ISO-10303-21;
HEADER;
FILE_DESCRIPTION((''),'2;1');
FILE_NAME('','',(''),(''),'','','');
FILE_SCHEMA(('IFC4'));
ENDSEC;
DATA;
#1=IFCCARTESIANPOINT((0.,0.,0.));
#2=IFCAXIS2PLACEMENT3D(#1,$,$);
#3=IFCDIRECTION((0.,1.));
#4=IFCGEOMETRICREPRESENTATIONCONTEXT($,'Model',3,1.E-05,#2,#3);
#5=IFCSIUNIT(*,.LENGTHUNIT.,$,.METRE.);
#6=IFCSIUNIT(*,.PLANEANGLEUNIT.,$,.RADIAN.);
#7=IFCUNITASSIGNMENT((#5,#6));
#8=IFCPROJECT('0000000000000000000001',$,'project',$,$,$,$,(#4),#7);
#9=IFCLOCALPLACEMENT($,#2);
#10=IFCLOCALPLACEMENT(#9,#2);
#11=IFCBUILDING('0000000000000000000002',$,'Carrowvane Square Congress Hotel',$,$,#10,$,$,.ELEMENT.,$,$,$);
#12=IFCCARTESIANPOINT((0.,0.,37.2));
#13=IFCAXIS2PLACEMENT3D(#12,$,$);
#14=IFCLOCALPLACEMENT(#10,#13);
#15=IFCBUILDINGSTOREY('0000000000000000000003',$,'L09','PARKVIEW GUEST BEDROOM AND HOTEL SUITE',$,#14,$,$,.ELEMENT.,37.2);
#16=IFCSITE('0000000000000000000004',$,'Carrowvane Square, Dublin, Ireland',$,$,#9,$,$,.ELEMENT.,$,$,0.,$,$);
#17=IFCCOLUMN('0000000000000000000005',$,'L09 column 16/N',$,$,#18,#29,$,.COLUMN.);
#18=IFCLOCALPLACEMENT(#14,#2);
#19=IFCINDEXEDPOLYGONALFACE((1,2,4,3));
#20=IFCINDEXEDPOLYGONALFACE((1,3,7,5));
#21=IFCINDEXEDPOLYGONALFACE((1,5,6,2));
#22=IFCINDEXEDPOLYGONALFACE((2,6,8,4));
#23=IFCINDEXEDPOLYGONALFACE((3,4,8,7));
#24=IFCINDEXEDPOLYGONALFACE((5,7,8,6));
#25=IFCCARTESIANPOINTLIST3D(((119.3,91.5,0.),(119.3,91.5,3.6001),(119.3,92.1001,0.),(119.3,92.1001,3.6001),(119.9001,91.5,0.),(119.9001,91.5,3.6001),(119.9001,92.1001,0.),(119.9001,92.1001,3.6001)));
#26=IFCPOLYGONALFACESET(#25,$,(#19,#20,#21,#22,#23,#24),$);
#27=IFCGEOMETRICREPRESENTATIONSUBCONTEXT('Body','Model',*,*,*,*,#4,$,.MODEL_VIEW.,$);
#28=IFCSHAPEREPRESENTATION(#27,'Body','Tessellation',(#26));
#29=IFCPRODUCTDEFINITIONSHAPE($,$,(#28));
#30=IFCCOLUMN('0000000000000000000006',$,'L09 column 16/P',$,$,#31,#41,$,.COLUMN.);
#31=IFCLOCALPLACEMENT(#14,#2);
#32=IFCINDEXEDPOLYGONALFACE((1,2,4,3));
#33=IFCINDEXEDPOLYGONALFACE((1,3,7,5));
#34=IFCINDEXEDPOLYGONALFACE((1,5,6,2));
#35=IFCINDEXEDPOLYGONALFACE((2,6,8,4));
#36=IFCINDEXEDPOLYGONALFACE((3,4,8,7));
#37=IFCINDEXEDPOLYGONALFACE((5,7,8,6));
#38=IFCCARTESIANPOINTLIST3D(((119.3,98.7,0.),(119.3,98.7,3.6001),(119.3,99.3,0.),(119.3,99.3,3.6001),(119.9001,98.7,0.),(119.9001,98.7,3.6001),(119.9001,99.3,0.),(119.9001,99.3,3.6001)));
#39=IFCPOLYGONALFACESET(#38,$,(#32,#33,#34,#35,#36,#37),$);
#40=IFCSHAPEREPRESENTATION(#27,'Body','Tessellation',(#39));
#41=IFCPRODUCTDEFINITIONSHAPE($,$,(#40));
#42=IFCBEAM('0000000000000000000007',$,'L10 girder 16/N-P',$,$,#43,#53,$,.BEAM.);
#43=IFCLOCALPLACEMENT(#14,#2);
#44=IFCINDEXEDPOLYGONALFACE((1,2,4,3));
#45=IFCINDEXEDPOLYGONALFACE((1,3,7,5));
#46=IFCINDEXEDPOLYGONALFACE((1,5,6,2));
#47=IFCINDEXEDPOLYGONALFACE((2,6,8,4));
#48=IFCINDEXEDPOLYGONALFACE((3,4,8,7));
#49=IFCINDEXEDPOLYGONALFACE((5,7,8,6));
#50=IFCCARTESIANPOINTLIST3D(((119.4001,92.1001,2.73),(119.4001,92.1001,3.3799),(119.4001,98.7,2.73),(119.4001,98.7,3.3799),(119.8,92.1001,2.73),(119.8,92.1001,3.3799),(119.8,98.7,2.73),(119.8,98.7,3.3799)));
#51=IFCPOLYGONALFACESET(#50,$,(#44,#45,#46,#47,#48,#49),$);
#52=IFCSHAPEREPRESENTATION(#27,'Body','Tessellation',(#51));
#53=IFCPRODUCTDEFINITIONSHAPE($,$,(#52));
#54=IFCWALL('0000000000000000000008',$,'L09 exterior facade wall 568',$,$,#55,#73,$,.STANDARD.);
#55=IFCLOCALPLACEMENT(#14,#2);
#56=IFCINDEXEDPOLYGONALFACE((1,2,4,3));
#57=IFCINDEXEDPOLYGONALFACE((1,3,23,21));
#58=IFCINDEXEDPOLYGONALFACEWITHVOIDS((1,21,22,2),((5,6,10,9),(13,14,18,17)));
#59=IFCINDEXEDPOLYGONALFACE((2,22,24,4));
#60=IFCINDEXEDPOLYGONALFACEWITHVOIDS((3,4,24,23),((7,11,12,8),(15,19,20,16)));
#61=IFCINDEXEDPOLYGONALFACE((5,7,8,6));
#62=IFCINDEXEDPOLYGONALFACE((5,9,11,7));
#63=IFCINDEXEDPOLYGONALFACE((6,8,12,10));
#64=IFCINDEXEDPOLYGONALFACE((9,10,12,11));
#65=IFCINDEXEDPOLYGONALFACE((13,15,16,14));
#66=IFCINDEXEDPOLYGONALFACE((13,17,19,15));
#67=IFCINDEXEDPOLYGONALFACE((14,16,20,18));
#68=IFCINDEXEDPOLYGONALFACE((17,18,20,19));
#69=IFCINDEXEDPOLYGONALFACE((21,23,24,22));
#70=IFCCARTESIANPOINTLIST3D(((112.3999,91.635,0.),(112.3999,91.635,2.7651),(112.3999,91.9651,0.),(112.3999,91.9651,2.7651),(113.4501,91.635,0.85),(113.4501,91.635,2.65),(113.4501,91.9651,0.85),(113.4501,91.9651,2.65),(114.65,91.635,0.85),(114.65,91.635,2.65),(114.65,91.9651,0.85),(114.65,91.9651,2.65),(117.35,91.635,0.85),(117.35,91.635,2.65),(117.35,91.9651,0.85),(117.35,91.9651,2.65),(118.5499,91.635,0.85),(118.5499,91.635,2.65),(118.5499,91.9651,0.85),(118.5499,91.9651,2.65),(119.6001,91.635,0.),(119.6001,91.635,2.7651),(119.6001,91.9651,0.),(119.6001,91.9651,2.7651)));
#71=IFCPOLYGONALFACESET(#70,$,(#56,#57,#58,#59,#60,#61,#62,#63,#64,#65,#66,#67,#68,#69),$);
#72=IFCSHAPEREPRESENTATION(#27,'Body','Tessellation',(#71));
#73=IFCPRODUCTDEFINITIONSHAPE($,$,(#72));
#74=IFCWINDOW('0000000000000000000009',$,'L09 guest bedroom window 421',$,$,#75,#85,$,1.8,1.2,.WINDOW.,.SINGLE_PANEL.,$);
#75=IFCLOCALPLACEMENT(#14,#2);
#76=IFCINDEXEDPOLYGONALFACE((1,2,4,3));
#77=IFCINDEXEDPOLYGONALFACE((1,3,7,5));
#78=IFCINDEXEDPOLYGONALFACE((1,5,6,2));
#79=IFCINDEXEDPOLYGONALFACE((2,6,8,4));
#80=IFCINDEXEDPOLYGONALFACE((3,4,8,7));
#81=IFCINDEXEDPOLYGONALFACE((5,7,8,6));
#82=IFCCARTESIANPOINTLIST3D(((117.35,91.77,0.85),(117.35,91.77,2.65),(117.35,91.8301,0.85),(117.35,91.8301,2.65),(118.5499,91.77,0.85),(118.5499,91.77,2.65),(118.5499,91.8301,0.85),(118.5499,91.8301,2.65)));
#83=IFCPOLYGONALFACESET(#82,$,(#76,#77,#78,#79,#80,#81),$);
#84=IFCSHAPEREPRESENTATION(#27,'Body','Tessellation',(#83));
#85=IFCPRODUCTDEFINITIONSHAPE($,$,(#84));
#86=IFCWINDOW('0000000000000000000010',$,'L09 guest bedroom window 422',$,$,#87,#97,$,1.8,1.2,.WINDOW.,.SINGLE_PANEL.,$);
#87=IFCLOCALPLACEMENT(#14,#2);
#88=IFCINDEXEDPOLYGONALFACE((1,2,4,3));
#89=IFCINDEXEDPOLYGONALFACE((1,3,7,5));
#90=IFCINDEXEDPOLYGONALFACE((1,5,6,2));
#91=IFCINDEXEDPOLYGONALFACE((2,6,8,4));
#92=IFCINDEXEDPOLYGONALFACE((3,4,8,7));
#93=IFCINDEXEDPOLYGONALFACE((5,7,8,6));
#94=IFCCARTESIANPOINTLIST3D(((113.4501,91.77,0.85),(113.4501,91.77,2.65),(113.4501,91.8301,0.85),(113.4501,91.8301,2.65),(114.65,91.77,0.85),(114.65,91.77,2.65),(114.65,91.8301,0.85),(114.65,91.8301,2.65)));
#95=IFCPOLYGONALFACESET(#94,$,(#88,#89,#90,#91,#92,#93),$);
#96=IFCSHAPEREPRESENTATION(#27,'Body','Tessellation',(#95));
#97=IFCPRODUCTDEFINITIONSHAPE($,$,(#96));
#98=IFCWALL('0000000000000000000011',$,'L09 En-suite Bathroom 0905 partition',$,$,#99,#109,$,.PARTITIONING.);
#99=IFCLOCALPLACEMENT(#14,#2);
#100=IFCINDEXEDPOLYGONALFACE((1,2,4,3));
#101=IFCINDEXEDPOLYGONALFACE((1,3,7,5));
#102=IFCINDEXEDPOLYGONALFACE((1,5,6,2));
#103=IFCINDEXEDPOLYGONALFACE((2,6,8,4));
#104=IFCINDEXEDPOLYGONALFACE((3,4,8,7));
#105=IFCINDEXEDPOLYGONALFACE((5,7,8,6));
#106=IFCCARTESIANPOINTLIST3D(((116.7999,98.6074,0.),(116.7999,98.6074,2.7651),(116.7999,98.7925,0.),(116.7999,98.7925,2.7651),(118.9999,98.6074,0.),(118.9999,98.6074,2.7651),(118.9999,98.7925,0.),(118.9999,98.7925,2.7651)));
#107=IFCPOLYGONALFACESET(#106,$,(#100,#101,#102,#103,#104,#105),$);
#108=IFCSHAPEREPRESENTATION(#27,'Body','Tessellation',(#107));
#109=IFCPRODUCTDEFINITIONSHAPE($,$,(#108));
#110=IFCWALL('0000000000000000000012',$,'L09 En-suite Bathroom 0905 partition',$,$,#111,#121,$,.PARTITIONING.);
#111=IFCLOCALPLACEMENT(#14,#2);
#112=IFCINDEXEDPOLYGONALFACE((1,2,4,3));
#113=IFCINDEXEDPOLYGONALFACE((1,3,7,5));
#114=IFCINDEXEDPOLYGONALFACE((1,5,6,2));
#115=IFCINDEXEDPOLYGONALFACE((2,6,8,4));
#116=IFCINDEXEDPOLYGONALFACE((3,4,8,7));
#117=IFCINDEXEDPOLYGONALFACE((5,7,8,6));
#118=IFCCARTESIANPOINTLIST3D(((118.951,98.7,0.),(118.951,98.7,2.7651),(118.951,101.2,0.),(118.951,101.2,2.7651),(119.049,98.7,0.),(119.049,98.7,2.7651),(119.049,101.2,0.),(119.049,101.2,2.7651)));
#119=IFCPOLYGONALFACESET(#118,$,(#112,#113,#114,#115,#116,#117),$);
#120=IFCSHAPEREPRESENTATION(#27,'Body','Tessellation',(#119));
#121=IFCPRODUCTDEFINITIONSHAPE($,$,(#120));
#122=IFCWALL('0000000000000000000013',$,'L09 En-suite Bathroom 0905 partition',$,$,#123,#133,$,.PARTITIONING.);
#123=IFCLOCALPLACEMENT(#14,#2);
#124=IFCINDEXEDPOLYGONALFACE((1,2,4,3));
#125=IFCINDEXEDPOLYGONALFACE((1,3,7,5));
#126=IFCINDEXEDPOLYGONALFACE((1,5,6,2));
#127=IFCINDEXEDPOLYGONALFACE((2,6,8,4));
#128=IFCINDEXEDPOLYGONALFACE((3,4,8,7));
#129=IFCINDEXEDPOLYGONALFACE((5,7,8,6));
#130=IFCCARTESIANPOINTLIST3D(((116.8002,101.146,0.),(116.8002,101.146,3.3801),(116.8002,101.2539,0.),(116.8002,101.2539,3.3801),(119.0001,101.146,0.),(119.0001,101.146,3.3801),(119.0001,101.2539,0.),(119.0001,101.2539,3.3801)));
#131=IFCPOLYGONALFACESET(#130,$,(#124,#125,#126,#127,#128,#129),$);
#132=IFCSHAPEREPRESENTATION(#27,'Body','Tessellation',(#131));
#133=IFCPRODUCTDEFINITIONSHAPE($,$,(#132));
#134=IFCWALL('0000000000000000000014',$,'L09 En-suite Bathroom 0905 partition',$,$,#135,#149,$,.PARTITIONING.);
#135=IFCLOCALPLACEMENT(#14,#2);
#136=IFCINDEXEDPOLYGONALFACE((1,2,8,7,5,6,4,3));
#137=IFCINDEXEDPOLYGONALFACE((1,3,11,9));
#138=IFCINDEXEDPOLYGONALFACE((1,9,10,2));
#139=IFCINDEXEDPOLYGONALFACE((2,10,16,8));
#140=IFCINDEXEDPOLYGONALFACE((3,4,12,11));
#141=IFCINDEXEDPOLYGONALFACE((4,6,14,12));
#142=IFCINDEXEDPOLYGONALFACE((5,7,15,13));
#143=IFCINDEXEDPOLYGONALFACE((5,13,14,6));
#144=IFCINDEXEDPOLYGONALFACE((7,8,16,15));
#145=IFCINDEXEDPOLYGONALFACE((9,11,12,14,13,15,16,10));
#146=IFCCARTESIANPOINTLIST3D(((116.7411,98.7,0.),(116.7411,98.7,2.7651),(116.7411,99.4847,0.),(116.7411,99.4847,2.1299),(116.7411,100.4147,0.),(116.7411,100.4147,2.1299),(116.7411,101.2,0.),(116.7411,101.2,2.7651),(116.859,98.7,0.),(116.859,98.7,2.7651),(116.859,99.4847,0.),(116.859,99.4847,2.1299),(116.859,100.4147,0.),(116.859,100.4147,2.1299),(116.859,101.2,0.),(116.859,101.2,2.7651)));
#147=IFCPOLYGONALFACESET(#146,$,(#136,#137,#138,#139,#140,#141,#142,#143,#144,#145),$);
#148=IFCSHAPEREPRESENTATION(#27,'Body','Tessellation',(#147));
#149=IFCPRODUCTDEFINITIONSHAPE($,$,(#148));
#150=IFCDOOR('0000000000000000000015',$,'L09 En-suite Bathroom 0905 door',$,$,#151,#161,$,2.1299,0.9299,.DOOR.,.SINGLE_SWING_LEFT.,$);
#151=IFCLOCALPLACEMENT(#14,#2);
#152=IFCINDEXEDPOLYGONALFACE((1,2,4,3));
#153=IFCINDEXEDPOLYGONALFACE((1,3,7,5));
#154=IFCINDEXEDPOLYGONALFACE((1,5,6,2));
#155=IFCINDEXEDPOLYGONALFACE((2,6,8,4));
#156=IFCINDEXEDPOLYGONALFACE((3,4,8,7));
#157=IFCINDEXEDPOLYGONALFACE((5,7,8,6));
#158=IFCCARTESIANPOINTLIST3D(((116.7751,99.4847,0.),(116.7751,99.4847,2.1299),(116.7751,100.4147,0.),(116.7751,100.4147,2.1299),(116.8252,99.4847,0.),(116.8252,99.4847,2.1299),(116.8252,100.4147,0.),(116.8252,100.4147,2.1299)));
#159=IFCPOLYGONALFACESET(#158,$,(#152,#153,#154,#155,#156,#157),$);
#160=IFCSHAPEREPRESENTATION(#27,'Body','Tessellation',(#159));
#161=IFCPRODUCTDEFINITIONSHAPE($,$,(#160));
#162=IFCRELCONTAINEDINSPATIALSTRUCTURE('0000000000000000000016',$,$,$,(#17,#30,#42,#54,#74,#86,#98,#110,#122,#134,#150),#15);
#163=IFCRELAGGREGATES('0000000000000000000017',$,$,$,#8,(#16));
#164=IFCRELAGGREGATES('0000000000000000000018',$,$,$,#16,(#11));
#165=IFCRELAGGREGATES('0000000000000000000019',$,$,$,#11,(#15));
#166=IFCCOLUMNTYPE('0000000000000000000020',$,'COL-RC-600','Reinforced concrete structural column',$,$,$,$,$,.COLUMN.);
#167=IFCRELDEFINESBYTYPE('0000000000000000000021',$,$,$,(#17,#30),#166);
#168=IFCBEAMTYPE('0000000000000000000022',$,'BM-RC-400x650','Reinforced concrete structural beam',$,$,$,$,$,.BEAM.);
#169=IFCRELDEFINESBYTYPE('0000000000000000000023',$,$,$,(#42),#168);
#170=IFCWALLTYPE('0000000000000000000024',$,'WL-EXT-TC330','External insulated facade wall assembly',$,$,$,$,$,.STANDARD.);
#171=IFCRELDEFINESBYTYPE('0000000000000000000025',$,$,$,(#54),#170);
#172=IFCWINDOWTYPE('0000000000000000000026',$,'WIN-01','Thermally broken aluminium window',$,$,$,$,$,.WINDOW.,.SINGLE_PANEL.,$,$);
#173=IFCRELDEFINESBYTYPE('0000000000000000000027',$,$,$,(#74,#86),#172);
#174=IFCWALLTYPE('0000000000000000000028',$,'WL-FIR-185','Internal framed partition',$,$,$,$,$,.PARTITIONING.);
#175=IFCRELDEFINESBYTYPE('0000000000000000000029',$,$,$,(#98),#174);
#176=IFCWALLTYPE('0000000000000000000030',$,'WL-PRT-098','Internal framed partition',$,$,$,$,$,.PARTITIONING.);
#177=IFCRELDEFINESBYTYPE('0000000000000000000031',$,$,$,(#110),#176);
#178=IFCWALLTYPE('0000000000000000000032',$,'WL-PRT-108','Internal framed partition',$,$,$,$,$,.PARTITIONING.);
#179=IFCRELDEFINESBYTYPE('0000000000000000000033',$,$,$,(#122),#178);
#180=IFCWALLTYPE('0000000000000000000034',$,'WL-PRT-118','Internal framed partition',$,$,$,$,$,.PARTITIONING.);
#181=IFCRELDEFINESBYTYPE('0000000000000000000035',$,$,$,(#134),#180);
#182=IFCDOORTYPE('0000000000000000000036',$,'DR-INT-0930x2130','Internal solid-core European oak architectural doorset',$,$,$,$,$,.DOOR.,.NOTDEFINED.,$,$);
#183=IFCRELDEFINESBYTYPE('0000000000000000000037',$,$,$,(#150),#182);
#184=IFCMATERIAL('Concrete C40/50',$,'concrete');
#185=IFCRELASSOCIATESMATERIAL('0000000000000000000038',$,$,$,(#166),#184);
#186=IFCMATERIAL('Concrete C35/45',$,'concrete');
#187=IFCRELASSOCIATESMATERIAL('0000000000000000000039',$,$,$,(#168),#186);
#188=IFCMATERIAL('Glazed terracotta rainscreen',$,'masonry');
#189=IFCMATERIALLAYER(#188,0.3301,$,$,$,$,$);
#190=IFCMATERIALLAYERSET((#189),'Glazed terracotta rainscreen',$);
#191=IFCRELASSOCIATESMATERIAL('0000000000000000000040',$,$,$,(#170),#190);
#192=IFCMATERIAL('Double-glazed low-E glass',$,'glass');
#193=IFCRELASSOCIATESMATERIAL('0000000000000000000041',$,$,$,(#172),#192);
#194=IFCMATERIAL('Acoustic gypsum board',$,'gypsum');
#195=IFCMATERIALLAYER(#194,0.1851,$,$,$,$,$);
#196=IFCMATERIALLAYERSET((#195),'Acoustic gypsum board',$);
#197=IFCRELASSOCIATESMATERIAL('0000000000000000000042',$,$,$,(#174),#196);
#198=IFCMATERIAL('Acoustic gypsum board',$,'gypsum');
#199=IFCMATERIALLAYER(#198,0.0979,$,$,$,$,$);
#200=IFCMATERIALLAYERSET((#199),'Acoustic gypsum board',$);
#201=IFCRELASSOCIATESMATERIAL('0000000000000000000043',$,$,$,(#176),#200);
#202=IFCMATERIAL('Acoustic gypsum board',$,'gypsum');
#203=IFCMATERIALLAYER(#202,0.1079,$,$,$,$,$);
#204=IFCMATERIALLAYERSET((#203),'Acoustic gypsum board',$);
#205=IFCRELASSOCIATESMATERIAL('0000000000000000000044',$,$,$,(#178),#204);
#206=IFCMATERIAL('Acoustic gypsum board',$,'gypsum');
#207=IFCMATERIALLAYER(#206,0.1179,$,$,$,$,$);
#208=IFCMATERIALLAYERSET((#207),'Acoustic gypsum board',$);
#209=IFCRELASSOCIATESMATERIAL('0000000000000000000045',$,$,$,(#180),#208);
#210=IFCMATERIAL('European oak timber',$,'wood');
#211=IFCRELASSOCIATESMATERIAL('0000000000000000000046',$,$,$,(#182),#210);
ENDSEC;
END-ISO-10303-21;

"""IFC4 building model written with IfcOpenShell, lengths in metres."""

from ifc_helpers import new_model, si_unit, direction, frame, frame_2d, origin, origin_2d, place, context, subcontext, project, spatial, rectangle, extrude, material, layer, layer_set, material_profile, profile_set, type_object, element, fill, save


model = new_model("IFC4")

# Units and contexts
model_context = context("Model", 3, precision=1e-05, world=origin(), true_north=direction((0.0, 1.0)))
body_context = subcontext(model_context, "Body", "Model", "MODEL_VIEW")
ifc_project = project(units=[si_unit("LENGTHUNIT", "METRE"), si_unit("PLANEANGLEUNIT", "RADIAN")], contexts=[model_context])

# Site, building, storey
site_placement = place(None, origin())
site = spatial("IfcSite", under=ifc_project, at=site_placement, Name="Carrowvane Square, Dublin, Ireland", CompositionType="ELEMENT", RefElevation=0.0)
building_placement = place(site_placement, origin())
building = spatial("IfcBuilding", under=site, at=building_placement, Name="Carrowvane Square Congress Hotel", CompositionType="ELEMENT")
storey_placement = place(building_placement, frame((0.0, 0.0, 37.2)))
storey = spatial("IfcBuildingStorey", under=building, at=storey_placement, Name="L09", Description="PARKVIEW GUEST BEDROOM AND HOTEL SUITE", CompositionType="ELEMENT", Elevation=37.2)

# Columns
ifc_material_1 = material(Name="Concrete C40/50", Category="concrete")
ifc_material_profile_1 = material_profile(ifc_material_1, rectangle(XDim=0.6001, YDim=0.6001, at=origin_2d()), Name="RC 600x600")
ifc_profile_set_1 = profile_set([ifc_material_profile_1], Name="Concrete C40/50")
column_type = type_object("IfcColumnType", Name="COL-RC-600", Description="Reinforced concrete structural column", PredefinedType="COLUMN", material=ifc_profile_set_1)
for number, where, z_axis, x_axis, name in (
    (1, (119.6001, 91.8, 0.0), (0.0, 0.0, 1.0), (1.0, 0.0, 0.0), "L09 column 16/N"),
    (2, (119.6001, 99.0, 0.0), (0.0, 0.0, 1.0), (1.0, 0.0, 0.0), "L09 column 16/P"),
):
    element("IfcColumn", number, at=place(storey_placement, frame(where, z_axis=z_axis, x_axis=x_axis)), inside=storey, type_object=column_type, Name=name, PredefinedType="COLUMN", context=body_context, shape_type="SweptSolid", body=[
        extrude(rectangle(XDim=0.6001, YDim=0.6001, at=origin_2d()), origin(), (0.0, 0.0, 1.0), 3.6001),
    ])

# Beam
ifc_material_2 = material(Name="Concrete C35/45", Category="concrete")
ifc_material_profile_2 = material_profile(ifc_material_2, rectangle(XDim=0.3999, YDim=0.6499, at=origin_2d()), Name="RC 400x650")
ifc_profile_set_2 = profile_set([ifc_material_profile_2], Name="Concrete C35/45")
beam_type = type_object("IfcBeamType", Name="BM-RC-400x650", Description="Reinforced concrete structural beam", PredefinedType="BEAM", material=ifc_profile_set_2)
beam_placement = place(storey_placement, frame((119.6001, 92.1001, 3.0549), z_axis=(0.0, 1.0, 0.0), x_axis=(-1.0, 0.0, 0.0)))
element("IfcBeam", 3, at=beam_placement, inside=storey, type_object=beam_type, Name="L10 girder 16/N-P", PredefinedType="BEAM", context=body_context, shape_type="SweptSolid", body=[
    extrude(rectangle(XDim=0.3999, YDim=0.6499, at=origin_2d()), origin(), (0.0, 0.0, 1.0), 6.5999),
])

# Wall, openings, windows
ifc_material_3 = material(Name="Glazed terracotta rainscreen", Category="masonry")
ifc_layer_1 = layer(ifc_material_3, 0.3301)
ifc_layer_set_1 = layer_set([ifc_layer_1], Name="Glazed terracotta rainscreen")
wall_type_1 = type_object("IfcWallType", Name="WL-EXT-TC330", Description="External insulated facade wall assembly", PredefinedType="STANDARD", material=ifc_layer_set_1)
wall_1_placement = place(storey_placement, frame((119.6001, 91.8, 0.0), z_axis=(0.0, 0.0, 1.0), x_axis=(-1.0, 0.0, 0.0)))
wall_1 = element("IfcWall", 4, at=wall_1_placement, inside=storey, type_object=wall_type_1, Name="L09 exterior facade wall 568", PredefinedType="STANDARD", context=body_context, shape_type="SweptSolid", body=[
    extrude(rectangle(XDim=7.2002, YDim=0.3301, at=frame_2d((3.6001, 0.0))), origin(), (0.0, 0.0, 1.0), 2.7651),
])
opening_1_placement = place(wall_1_placement, frame((1.05, 0.0, 0.8501)))
opening_1 = element("IfcOpeningElement", 5, at=opening_1_placement, cuts=wall_1, PredefinedType="OPENING", context=body_context, shape_type="SweptSolid", body=[
    extrude(rectangle(XDim=1.2, YDim=1.8, at=frame_2d((0.6001, 0.8999))), frame((0.0, 0.175, 0.0), z_axis=(0.0, -1.0, 0.0), x_axis=(1.0, 0.0, 0.0)), (0.0, 0.0, 1.0), 0.3501),
])
opening_2_placement = place(wall_1_placement, frame((4.95, 0.0, 0.8501)))
opening_2 = element("IfcOpeningElement", 6, at=opening_2_placement, cuts=wall_1, PredefinedType="OPENING", context=body_context, shape_type="SweptSolid", body=[
    extrude(rectangle(XDim=1.2, YDim=1.8, at=frame_2d((0.6001, 0.8999))), frame((0.0, 0.175, 0.0), z_axis=(0.0, -1.0, 0.0), x_axis=(1.0, 0.0, 0.0)), (0.0, 0.0, 1.0), 0.3501),
])
ifc_material_4 = material(Name="Double-glazed low-E glass", Category="glass")
window_type = type_object("IfcWindowType", Name="WIN-01", Description="Thermally broken aluminium window", PartitioningType="SINGLE_PANEL", PredefinedType="WINDOW", material=ifc_material_4)
window_1_placement = place(opening_1_placement, origin())
window_1 = element("IfcWindow", 7, at=window_1_placement, inside=storey, type_object=window_type, Name="L09 guest bedroom window 421", OverallHeight=1.8, OverallWidth=1.2, PartitioningType="SINGLE_PANEL", PredefinedType="WINDOW", context=body_context, shape_type="SweptSolid", body=[
    extrude(rectangle(XDim=1.2, YDim=1.8, at=frame_2d((0.6001, 0.8999))), frame((0.0, 0.03, 0.0), z_axis=(0.0, -1.0, 0.0), x_axis=(1.0, 0.0, 0.0)), (0.0, 0.0, 1.0), 0.0601),
])
fill(opening_1, window_1)
window_2_placement = place(opening_2_placement, origin())
window_2 = element("IfcWindow", 8, at=window_2_placement, inside=storey, type_object=window_type, Name="L09 guest bedroom window 422", OverallHeight=1.8, OverallWidth=1.2, PartitioningType="SINGLE_PANEL", PredefinedType="WINDOW", context=body_context, shape_type="SweptSolid", body=[
    extrude(rectangle(XDim=1.2, YDim=1.8, at=frame_2d((0.6001, 0.8999))), frame((0.0, 0.03, 0.0), z_axis=(0.0, -1.0, 0.0), x_axis=(1.0, 0.0, 0.0)), (0.0, 0.0, 1.0), 0.0601),
])
fill(opening_2, window_2)

# Wall
ifc_material_5 = material(Name="Acoustic gypsum board", Category="gypsum")
ifc_layer_2 = layer(ifc_material_5, 0.1851)
ifc_layer_set_2 = layer_set([ifc_layer_2], Name="Acoustic gypsum board")
wall_type_2 = type_object("IfcWallType", Name="WL-FIR-185", Description="Internal framed partition", PredefinedType="PARTITIONING", material=ifc_layer_set_2)
wall_2_placement = place(storey_placement, frame((119.0, 98.7, 0.0), z_axis=(0.0, 0.0, 1.0), x_axis=(-1.0, 0.0, 0.0)))
element("IfcWall", 9, at=wall_2_placement, inside=storey, type_object=wall_type_2, Name="L09 En-suite Bathroom 0905 partition", PredefinedType="PARTITIONING", context=body_context, shape_type="SweptSolid", body=[
    extrude(rectangle(XDim=2.2, YDim=0.1851, at=frame_2d((1.1001, 0.0))), origin(), (0.0, 0.0, 1.0), 2.7651),
])

# Walls
ifc_material_6 = material(Name="Acoustic gypsum board", Category="gypsum")
ifc_layer_3 = layer(ifc_material_6, 0.0979)
ifc_layer_set_3 = layer_set([ifc_layer_3], Name="Acoustic gypsum board")
wall_type_3 = type_object("IfcWallType", Name="WL-PRT-098", Description="Internal framed partition", PredefinedType="PARTITIONING", material=ifc_layer_set_3)
wall_3_placement = place(storey_placement, frame((119.0, 101.2, 0.0), z_axis=(0.0, 0.0, 1.0), x_axis=(0.0, -1.0, 0.0)))
element("IfcWall", 10, at=wall_3_placement, inside=storey, type_object=wall_type_3, Name="L09 En-suite Bathroom 0905 partition", PredefinedType="PARTITIONING", context=body_context, shape_type="SweptSolid", body=[
    extrude(rectangle(XDim=2.5, YDim=0.0979, at=frame_2d((1.25, 0.0))), origin(), (0.0, 0.0, 1.0), 2.7651),
])
ifc_material_7 = material(Name="Acoustic gypsum board", Category="gypsum")
ifc_layer_4 = layer(ifc_material_7, 0.1079)
ifc_layer_set_4 = layer_set([ifc_layer_4], Name="Acoustic gypsum board")
wall_type_4 = type_object("IfcWallType", Name="WL-PRT-108", Description="Internal framed partition", PredefinedType="PARTITIONING", material=ifc_layer_set_4)
wall_4_placement = place(storey_placement, frame((116.8, 101.2, 0.0), z_axis=(0.0, 0.0, 1.0), x_axis=(1.0, 0.0, 0.0)))
element("IfcWall", 11, at=wall_4_placement, inside=storey, type_object=wall_type_4, Name="L09 En-suite Bathroom 0905 partition", PredefinedType="PARTITIONING", context=body_context, shape_type="SweptSolid", body=[
    extrude(rectangle(XDim=2.2, YDim=0.1079, at=frame_2d((1.1001, 0.0))), origin(), (0.0, 0.0, 1.0), 3.3801),
])

# Wall, opening, door
ifc_material_8 = material(Name="Acoustic gypsum board", Category="gypsum")
ifc_layer_5 = layer(ifc_material_8, 0.1179)
ifc_layer_set_5 = layer_set([ifc_layer_5], Name="Acoustic gypsum board")
wall_type_5 = type_object("IfcWallType", Name="WL-PRT-118", Description="Internal framed partition", PredefinedType="PARTITIONING", material=ifc_layer_set_5)
wall_5_placement = place(storey_placement, frame((116.8, 98.7, 0.0), z_axis=(0.0, 0.0, 1.0), x_axis=(0.0, 1.0, 0.0)))
wall_5 = element("IfcWall", 12, at=wall_5_placement, inside=storey, type_object=wall_type_5, Name="L09 En-suite Bathroom 0905 partition", PredefinedType="PARTITIONING", context=body_context, shape_type="SweptSolid", body=[
    extrude(rectangle(XDim=2.5, YDim=0.1179, at=frame_2d((1.25, 0.0))), origin(), (0.0, 0.0, 1.0), 2.7651),
])
opening_3_placement = place(wall_5_placement, frame((0.7849, 0.0, 0.0)))
opening_3 = element("IfcOpeningElement", 13, at=opening_3_placement, cuts=wall_5, PredefinedType="OPENING", context=body_context, shape_type="SweptSolid", body=[
    extrude(rectangle(XDim=0.9299, YDim=2.1299, at=frame_2d((0.4648, 1.0649))), frame((0.0, 0.0688, 0.0), z_axis=(0.0, -1.0, 0.0), x_axis=(1.0, 0.0, 0.0)), (0.0, 0.0, 1.0), 0.1379),
])
ifc_material_9 = material(Name="European oak timber", Category="wood")
door_type_1 = type_object("IfcDoorType", Name="DR-INT-0930x2130", Description="Internal solid-core European oak architectural doorset", OperationType="NOTDEFINED", PredefinedType="DOOR", material=ifc_material_9)
door_1_placement = place(opening_3_placement, origin())
door_1 = element("IfcDoor", 14, at=door_1_placement, inside=storey, type_object=door_type_1, Name="L09 En-suite Bathroom 0905 door", OperationType="SINGLE_SWING_LEFT", OverallHeight=2.1299, OverallWidth=0.9299, PredefinedType="DOOR", context=body_context, shape_type="SweptSolid", body=[
    extrude(rectangle(XDim=0.9299, YDim=2.1299, at=frame_2d((0.4648, 1.0649))), frame((0.0, 0.0249, 0.0), z_axis=(0.0, -1.0, 0.0), x_axis=(1.0, 0.0, 0.0)), (0.0, 0.0, 1.0), 0.05),
])
fill(opening_3, door_1)

save(model, "model.ifc")
